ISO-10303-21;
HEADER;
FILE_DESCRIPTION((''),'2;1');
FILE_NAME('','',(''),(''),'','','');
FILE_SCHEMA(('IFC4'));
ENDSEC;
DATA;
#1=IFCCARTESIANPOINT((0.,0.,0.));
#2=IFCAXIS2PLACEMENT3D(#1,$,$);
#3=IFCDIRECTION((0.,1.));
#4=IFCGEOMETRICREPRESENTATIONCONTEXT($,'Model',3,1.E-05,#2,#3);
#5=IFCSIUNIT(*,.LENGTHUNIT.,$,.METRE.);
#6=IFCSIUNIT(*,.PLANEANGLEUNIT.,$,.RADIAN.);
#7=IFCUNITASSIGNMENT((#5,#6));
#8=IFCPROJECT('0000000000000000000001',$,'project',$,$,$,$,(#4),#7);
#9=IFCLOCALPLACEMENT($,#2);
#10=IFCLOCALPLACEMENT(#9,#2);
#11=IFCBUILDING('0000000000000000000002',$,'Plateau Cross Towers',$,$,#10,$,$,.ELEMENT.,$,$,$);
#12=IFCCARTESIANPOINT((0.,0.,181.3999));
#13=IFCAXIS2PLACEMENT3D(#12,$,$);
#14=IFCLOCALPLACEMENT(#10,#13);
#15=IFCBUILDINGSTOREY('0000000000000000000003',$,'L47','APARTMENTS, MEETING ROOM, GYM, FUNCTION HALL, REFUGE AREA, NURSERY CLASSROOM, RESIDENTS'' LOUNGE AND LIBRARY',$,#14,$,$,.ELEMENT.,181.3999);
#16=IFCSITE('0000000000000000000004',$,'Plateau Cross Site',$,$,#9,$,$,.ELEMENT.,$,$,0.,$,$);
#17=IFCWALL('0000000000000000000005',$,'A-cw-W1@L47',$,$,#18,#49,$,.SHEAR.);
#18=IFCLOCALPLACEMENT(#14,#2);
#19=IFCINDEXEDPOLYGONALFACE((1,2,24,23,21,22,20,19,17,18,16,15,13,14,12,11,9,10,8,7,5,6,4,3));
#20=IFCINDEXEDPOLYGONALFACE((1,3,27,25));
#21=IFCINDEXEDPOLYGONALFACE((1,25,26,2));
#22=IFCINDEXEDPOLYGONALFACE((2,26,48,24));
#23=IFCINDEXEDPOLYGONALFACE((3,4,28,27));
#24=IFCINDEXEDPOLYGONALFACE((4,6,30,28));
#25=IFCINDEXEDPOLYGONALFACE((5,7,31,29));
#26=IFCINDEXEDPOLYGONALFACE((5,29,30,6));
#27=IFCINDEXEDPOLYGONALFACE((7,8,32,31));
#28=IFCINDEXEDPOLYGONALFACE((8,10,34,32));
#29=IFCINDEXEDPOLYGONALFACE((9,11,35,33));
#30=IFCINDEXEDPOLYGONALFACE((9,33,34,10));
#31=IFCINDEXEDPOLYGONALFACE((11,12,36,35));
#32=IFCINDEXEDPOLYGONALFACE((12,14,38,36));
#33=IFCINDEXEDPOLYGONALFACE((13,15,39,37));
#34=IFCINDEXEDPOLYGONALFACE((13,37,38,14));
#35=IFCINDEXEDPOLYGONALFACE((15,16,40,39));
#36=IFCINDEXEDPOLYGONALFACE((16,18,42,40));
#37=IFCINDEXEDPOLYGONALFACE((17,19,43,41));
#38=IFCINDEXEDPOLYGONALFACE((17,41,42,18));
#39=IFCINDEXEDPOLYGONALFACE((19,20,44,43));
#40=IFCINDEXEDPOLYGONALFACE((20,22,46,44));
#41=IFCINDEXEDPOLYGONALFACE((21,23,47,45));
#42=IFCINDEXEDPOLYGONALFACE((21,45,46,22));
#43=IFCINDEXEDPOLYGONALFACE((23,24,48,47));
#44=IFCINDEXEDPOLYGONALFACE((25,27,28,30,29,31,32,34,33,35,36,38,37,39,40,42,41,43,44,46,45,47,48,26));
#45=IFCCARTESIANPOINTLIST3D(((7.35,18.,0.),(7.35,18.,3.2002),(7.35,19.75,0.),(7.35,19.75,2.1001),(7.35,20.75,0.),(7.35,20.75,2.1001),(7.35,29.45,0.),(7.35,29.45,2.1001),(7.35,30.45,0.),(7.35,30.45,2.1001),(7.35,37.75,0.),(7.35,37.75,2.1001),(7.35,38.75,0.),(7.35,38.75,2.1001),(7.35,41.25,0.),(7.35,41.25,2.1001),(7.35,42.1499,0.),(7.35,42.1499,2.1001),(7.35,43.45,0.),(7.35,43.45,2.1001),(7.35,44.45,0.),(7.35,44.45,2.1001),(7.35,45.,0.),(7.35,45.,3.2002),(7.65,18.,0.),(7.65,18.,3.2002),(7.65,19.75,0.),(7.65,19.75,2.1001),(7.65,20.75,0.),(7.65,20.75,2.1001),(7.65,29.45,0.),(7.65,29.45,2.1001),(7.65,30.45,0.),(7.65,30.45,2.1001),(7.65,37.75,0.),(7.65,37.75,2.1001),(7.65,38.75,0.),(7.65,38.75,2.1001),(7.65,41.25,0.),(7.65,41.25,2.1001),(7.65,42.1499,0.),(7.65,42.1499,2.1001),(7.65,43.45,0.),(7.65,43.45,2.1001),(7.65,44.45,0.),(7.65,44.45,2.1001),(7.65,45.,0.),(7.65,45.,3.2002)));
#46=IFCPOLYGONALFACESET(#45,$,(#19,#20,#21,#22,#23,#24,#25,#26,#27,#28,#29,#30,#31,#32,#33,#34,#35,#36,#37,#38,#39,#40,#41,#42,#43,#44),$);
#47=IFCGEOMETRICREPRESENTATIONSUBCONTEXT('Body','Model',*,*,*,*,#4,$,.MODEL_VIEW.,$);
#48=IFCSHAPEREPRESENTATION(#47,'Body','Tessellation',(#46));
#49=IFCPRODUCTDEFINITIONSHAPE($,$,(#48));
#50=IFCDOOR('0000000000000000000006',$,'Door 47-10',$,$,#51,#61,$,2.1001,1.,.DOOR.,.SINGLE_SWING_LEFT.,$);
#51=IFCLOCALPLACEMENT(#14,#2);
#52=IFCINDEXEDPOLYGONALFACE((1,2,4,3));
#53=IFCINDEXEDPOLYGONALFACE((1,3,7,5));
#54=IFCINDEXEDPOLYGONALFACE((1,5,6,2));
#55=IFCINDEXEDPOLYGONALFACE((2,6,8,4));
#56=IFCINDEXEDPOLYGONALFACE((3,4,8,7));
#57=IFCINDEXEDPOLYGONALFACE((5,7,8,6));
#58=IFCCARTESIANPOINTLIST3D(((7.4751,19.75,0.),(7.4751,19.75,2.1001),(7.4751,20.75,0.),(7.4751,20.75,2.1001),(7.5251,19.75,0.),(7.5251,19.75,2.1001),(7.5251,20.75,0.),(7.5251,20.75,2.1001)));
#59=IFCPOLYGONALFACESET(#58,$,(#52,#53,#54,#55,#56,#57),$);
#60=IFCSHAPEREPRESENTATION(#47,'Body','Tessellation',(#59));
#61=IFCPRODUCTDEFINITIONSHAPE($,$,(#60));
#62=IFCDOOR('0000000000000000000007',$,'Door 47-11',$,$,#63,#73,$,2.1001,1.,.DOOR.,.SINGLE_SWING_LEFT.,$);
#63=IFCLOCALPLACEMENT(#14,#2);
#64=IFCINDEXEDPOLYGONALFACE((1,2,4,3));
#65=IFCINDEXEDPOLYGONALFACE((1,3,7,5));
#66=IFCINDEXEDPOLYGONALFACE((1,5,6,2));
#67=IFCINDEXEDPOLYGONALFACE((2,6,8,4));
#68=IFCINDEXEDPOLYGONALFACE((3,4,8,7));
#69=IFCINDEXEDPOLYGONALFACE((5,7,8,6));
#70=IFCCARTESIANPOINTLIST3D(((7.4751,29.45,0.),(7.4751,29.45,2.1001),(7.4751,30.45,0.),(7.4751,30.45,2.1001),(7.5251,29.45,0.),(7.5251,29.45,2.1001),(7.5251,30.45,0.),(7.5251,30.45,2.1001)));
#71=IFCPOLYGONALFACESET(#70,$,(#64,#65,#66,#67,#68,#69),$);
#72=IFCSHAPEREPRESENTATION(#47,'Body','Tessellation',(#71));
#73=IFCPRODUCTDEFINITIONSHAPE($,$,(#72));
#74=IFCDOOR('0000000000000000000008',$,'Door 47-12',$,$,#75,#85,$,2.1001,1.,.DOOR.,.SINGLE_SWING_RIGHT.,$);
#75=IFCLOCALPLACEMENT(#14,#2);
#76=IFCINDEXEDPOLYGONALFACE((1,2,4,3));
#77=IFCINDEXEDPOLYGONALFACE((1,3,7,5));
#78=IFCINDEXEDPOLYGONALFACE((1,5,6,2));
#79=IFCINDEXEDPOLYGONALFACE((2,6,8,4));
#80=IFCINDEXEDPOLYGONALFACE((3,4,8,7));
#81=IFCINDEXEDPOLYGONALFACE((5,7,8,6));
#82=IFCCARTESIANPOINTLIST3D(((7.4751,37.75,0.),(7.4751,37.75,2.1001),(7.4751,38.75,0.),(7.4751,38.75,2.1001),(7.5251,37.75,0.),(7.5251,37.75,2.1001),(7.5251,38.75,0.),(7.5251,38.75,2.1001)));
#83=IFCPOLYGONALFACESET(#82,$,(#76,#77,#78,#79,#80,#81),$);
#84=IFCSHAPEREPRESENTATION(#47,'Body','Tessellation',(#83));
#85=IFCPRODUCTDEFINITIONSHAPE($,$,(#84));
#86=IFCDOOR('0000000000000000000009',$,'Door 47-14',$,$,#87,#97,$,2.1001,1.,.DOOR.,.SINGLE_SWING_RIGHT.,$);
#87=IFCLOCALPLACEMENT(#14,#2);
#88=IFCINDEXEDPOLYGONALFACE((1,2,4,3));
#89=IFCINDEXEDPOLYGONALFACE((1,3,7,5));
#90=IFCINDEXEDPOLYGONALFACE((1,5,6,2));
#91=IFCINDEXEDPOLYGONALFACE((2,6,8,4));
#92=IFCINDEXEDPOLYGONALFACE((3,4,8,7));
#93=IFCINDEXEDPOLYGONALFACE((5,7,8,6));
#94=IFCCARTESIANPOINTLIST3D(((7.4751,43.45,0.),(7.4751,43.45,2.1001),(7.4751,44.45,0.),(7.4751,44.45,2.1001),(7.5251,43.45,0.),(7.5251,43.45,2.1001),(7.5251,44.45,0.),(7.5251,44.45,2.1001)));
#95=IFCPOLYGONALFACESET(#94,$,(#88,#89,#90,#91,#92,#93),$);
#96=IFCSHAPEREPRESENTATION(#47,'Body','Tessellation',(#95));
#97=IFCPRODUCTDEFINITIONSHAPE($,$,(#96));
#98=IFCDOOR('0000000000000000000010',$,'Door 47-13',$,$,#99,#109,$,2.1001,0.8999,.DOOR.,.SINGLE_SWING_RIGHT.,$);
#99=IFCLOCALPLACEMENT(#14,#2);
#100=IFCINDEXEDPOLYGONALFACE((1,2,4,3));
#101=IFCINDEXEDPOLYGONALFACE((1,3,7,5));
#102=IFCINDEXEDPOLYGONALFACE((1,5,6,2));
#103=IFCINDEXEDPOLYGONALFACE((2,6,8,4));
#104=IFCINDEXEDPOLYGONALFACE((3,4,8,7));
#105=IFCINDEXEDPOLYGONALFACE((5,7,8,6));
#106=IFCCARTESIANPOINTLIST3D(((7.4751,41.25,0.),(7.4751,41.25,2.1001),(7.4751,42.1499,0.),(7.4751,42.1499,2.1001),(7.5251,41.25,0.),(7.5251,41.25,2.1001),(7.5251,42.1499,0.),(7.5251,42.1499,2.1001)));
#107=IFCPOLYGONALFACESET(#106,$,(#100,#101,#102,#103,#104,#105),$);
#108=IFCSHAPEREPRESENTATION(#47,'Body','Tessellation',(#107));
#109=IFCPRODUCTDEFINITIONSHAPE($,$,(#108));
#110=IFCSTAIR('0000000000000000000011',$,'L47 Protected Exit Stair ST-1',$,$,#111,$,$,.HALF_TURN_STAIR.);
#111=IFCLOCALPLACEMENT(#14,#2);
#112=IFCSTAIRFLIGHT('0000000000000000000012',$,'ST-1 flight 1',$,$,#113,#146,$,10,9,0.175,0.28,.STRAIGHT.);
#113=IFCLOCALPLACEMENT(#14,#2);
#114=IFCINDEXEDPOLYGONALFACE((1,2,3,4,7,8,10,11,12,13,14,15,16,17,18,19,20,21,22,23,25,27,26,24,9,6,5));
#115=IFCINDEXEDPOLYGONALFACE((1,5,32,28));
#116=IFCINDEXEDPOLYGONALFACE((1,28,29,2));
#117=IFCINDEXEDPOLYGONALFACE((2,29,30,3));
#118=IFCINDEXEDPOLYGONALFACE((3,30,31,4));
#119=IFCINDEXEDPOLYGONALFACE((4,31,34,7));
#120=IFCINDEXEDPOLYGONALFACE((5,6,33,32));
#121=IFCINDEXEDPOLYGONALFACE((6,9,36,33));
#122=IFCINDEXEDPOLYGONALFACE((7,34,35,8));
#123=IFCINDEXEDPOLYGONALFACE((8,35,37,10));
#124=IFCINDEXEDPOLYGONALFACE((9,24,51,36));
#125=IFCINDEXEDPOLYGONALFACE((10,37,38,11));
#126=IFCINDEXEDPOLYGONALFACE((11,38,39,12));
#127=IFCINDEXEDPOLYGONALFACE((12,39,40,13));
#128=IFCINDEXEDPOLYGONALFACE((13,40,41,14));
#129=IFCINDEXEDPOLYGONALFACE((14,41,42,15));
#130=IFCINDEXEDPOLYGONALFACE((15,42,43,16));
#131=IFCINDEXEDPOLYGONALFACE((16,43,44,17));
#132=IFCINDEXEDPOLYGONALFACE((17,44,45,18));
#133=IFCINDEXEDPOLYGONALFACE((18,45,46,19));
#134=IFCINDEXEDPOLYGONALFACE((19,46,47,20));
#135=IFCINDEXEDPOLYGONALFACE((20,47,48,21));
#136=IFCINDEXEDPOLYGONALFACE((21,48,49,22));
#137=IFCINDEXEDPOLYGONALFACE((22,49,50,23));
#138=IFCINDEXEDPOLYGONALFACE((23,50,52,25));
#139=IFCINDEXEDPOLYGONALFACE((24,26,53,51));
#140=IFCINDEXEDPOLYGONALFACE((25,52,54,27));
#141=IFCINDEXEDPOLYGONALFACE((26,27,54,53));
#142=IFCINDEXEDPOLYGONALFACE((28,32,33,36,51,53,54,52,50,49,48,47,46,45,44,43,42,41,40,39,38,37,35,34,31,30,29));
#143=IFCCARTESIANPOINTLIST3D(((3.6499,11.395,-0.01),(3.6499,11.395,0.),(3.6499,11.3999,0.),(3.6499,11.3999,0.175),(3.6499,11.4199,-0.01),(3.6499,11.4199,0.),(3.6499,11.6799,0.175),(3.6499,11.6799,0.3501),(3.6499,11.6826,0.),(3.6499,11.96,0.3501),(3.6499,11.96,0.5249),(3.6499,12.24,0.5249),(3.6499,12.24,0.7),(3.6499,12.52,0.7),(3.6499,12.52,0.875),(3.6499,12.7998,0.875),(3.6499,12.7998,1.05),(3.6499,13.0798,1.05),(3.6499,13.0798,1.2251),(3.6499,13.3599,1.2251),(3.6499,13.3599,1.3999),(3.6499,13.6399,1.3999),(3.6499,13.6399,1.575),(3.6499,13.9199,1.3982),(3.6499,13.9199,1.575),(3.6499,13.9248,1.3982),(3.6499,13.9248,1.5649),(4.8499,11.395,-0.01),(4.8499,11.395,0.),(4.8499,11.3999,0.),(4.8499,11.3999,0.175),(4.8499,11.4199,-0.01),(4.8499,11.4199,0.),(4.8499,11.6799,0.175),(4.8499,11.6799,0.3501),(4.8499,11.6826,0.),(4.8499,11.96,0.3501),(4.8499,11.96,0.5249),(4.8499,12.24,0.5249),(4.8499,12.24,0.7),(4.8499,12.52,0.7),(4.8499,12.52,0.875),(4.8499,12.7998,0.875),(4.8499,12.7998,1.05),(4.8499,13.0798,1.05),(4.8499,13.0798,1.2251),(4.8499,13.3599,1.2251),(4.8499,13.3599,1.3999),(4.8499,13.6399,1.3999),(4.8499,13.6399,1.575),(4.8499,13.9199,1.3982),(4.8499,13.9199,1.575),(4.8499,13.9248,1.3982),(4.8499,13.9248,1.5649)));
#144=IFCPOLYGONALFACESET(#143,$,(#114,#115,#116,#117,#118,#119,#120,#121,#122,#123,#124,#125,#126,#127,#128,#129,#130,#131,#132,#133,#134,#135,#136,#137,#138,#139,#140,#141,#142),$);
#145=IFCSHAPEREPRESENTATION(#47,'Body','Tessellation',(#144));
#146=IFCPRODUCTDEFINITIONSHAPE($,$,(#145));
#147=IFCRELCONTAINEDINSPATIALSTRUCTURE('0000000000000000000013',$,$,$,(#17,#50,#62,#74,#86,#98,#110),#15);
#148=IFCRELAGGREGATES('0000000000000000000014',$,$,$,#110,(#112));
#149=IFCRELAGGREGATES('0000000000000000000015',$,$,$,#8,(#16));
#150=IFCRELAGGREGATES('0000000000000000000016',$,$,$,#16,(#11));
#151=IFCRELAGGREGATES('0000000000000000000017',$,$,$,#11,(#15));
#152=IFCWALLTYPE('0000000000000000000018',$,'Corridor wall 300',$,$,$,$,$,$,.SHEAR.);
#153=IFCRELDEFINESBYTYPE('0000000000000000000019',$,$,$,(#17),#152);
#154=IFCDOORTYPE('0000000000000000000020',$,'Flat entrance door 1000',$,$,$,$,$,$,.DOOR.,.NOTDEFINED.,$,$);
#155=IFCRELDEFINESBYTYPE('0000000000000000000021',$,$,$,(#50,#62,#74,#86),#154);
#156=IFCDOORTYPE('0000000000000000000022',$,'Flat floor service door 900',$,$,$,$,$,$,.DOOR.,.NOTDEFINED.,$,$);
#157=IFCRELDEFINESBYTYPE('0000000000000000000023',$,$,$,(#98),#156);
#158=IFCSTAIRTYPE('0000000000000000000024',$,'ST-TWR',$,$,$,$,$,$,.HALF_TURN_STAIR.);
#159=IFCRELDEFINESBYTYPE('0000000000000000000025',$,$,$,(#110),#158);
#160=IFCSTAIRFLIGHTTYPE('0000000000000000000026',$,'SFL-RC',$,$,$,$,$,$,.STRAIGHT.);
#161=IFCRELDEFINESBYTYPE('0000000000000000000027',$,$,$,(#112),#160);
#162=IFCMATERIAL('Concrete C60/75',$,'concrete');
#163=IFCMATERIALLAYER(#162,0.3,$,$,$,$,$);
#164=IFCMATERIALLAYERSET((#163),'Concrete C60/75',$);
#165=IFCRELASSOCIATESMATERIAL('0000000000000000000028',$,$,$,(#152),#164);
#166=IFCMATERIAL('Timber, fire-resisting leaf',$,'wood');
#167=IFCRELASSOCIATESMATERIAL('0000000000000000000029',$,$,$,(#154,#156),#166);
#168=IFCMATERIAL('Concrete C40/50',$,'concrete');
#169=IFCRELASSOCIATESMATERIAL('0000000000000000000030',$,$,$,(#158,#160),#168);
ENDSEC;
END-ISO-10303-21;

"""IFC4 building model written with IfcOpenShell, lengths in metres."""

from ifc_helpers import new_model, si_unit, direction, frame, frame_2d, origin, place, context, subcontext, project, spatial, polyline, rectangle, outline, extrude, material, layer, layer_set, type_object, element, fill, aggregate, save


model = new_model("IFC4")

# Units and contexts
model_context = context("Model", 3, precision=1e-05, world=origin(), true_north=direction((0.0, 1.0)))
body_context = subcontext(model_context, "Body", "Model", "MODEL_VIEW")
ifc_project = project(units=[si_unit("LENGTHUNIT", "METRE"), si_unit("PLANEANGLEUNIT", "RADIAN")], contexts=[model_context])

# Site, building, storey
site_placement = place(None, origin())
site = spatial("IfcSite", under=ifc_project, at=site_placement, Name="Plateau Cross Site", CompositionType="ELEMENT", RefElevation=0.0)
building_placement = place(site_placement, origin())
building = spatial("IfcBuilding", under=site, at=building_placement, Name="Plateau Cross Towers", CompositionType="ELEMENT")
storey_placement = place(building_placement, frame((0.0, 0.0, 181.3999)))
storey = spatial("IfcBuildingStorey", under=building, at=storey_placement, Name="L47", Description="APARTMENTS, MEETING ROOM, GYM, FUNCTION HALL, REFUGE AREA, NURSERY CLASSROOM, RESIDENTS' LOUNGE AND LIBRARY", CompositionType="ELEMENT", Elevation=181.3999)

# Shared definitions
ifc_material_1 = material(Name="Concrete C60/75", Category="concrete")

# Shared definitions
ifc_material_2 = material(Name="Timber, fire-resisting leaf", Category="wood")

# Wall, openings, doors
ifc_layer_1 = layer(ifc_material_1, 0.3)
ifc_layer_set_1 = layer_set([ifc_layer_1], Name="Concrete C60/75")
wall_type_1 = type_object("IfcWallType", Name="Corridor wall 300", PredefinedType="SHEAR", material=ifc_layer_set_1)
wall_1_placement = place(storey_placement, frame((7.5, 18.0, 0.0), z_axis=(0.0, 0.0, 1.0), x_axis=(0.0, 1.0, 0.0)))
wall_1 = element("IfcWall", 1, at=wall_1_placement, inside=storey, type_object=wall_type_1, Name="A-cw-W1@L47", PredefinedType="SHEAR", context=body_context, shape_type="SweptSolid", body=[
    extrude(rectangle(XDim=27.0, YDim=0.3, at=frame_2d((13.5, 0.0))), origin(), (0.0, 0.0, 1.0), 3.2002),
])
opening_1_placement = place(wall_1_placement, frame((1.75, 0.0, 0.0)))
opening_1 = element("IfcOpeningElement", 2, at=opening_1_placement, cuts=wall_1, PredefinedType="OPENING", context=body_context, shape_type="SweptSolid", body=[
    extrude(rectangle(XDim=1.0, YDim=2.1001, at=frame_2d((0.5, 1.05))), frame((0.0, 0.1599, 0.0), z_axis=(0.0, -1.0, 0.0), x_axis=(1.0, 0.0, 0.0)), (0.0, 0.0, 1.0), 0.3201),
])
opening_2_placement = place(wall_1_placement, frame((11.45, 0.0, 0.0)))
opening_2 = element("IfcOpeningElement", 3, at=opening_2_placement, cuts=wall_1, PredefinedType="OPENING", context=body_context, shape_type="SweptSolid", body=[
    extrude(rectangle(XDim=1.0, YDim=2.1001, at=frame_2d((0.5, 1.05))), frame((0.0, 0.1599, 0.0), z_axis=(0.0, -1.0, 0.0), x_axis=(1.0, 0.0, 0.0)), (0.0, 0.0, 1.0), 0.3201),
])
opening_3_placement = place(wall_1_placement, frame((19.75, 0.0, 0.0)))
opening_3 = element("IfcOpeningElement", 4, at=opening_3_placement, cuts=wall_1, PredefinedType="OPENING", context=body_context, shape_type="SweptSolid", body=[
    extrude(rectangle(XDim=1.0, YDim=2.1001, at=frame_2d((0.5, 1.05))), frame((0.0, 0.1599, 0.0), z_axis=(0.0, -1.0, 0.0), x_axis=(1.0, 0.0, 0.0)), (0.0, 0.0, 1.0), 0.3201),
])
opening_4_placement = place(wall_1_placement, frame((23.25, 0.0, 0.0)))
opening_4 = element("IfcOpeningElement", 5, at=opening_4_placement, cuts=wall_1, PredefinedType="OPENING", context=body_context, shape_type="SweptSolid", body=[
    extrude(rectangle(XDim=0.8999, YDim=2.1001, at=frame_2d((0.45, 1.05))), frame((0.0, 0.1599, 0.0), z_axis=(0.0, -1.0, 0.0), x_axis=(1.0, 0.0, 0.0)), (0.0, 0.0, 1.0), 0.3201),
])
opening_5_placement = place(wall_1_placement, frame((25.45, 0.0, 0.0)))
opening_5 = element("IfcOpeningElement", 6, at=opening_5_placement, cuts=wall_1, PredefinedType="OPENING", context=body_context, shape_type="SweptSolid", body=[
    extrude(rectangle(XDim=1.0, YDim=2.1001, at=frame_2d((0.5, 1.05))), frame((0.0, 0.1599, 0.0), z_axis=(0.0, -1.0, 0.0), x_axis=(1.0, 0.0, 0.0)), (0.0, 0.0, 1.0), 0.3201),
])
door_type_1 = type_object("IfcDoorType", Name="Flat entrance door 1000", OperationType="NOTDEFINED", PredefinedType="DOOR", material=ifc_material_2)
door_1_placement = place(opening_1_placement, origin())
door_1 = element("IfcDoor", 7, at=door_1_placement, inside=storey, type_object=door_type_1, Name="Door 47-10", OperationType="SINGLE_SWING_LEFT", OverallHeight=2.1001, OverallWidth=1.0, PredefinedType="DOOR", context=body_context, shape_type="SweptSolid", body=[
    extrude(rectangle(XDim=1.0, YDim=2.1001, at=frame_2d((0.5, 1.05))), frame((0.0, 0.0249, 0.0), z_axis=(0.0, -1.0, 0.0), x_axis=(1.0, 0.0, 0.0)), (0.0, 0.0, 1.0), 0.05),
])
fill(opening_1, door_1)
door_2_placement = place(opening_2_placement, origin())
door_2 = element("IfcDoor", 8, at=door_2_placement, inside=storey, type_object=door_type_1, Name="Door 47-11", OperationType="SINGLE_SWING_LEFT", OverallHeight=2.1001, OverallWidth=1.0, PredefinedType="DOOR", context=body_context, shape_type="SweptSolid", body=[
    extrude(rectangle(XDim=1.0, YDim=2.1001, at=frame_2d((0.5, 1.05))), frame((0.0, 0.0249, 0.0), z_axis=(0.0, -1.0, 0.0), x_axis=(1.0, 0.0, 0.0)), (0.0, 0.0, 1.0), 0.05),
])
fill(opening_2, door_2)
door_3_placement = place(opening_3_placement, origin())
door_3 = element("IfcDoor", 9, at=door_3_placement, inside=storey, type_object=door_type_1, Name="Door 47-12", OperationType="SINGLE_SWING_RIGHT", OverallHeight=2.1001, OverallWidth=1.0, PredefinedType="DOOR", context=body_context, shape_type="SweptSolid", body=[
    extrude(rectangle(XDim=1.0, YDim=2.1001, at=frame_2d((0.5, 1.05))), frame((0.0, 0.0249, 0.0), z_axis=(0.0, -1.0, 0.0), x_axis=(1.0, 0.0, 0.0)), (0.0, 0.0, 1.0), 0.05),
])
fill(opening_3, door_3)
door_4_placement = place(opening_5_placement, origin())
door_4 = element("IfcDoor", 10, at=door_4_placement, inside=storey, type_object=door_type_1, Name="Door 47-14", OperationType="SINGLE_SWING_RIGHT", OverallHeight=2.1001, OverallWidth=1.0, PredefinedType="DOOR", context=body_context, shape_type="SweptSolid", body=[
    extrude(rectangle(XDim=1.0, YDim=2.1001, at=frame_2d((0.5, 1.05))), frame((0.0, 0.0249, 0.0), z_axis=(0.0, -1.0, 0.0), x_axis=(1.0, 0.0, 0.0)), (0.0, 0.0, 1.0), 0.05),
])
fill(opening_5, door_4)
door_type_2 = type_object("IfcDoorType", Name="Flat floor service door 900", OperationType="NOTDEFINED", PredefinedType="DOOR", material=ifc_material_2)
door_5_placement = place(opening_4_placement, origin())
door_5 = element("IfcDoor", 11, at=door_5_placement, inside=storey, type_object=door_type_2, Name="Door 47-13", OperationType="SINGLE_SWING_RIGHT", OverallHeight=2.1001, OverallWidth=0.8999, PredefinedType="DOOR", context=body_context, shape_type="SweptSolid", body=[
    extrude(rectangle(XDim=0.8999, YDim=2.1001, at=frame_2d((0.45, 1.05))), frame((0.0, 0.0249, 0.0), z_axis=(0.0, -1.0, 0.0), x_axis=(1.0, 0.0, 0.0)), (0.0, 0.0, 1.0), 0.05),
])
fill(opening_4, door_5)

# Stair, stair flight
ifc_material_3 = material(Name="Concrete C40/50", Category="concrete")
stair_type = type_object("IfcStairType", Name="ST-TWR", PredefinedType="HALF_TURN_STAIR", material=ifc_material_3)
stair_placement = place(storey_placement, origin())
stair = element("IfcStair", 12, at=stair_placement, inside=storey, type_object=stair_type, Name="L47 Protected Exit Stair ST-1", PredefinedType="HALF_TURN_STAIR")
stair_flight_type = type_object("IfcStairFlightType", Name="SFL-RC", PredefinedType="STRAIGHT", material=ifc_material_3)
stair_flight_1_placement = place(storey_placement, frame((4.25, 11.3999, 0.0), z_axis=(0.0, 0.0, 1.0), x_axis=(0.0, 1.0, 0.0)))
stair_flight_1 = element("IfcStairFlight", 13, at=stair_flight_1_placement, type_object=stair_flight_type, Name="ST-1 flight 1", NumberOfRisers=10, NumberOfTreads=9, PredefinedType="STRAIGHT", RiserHeight=0.175, TreadLength=0.28, context=body_context, shape_type="SweptSolid", body=[
    extrude(outline(polyline([(-0.0049, -0.01), (-0.0049, 0.0), (0.0, 0.0), (0.0, 0.175), (0.28, 0.175), (0.28, 0.3501), (0.5601, 0.3501), (0.5601, 0.5249), (0.8401, 0.5249), (0.8401, 0.7), (1.1201, 0.7), (1.1201, 0.875), (1.3999, 0.875), (1.3999, 1.05), (1.6799, 1.05), (1.6799, 1.2251), (1.96, 1.2251), (1.96, 1.3999), (2.24, 1.3999), (2.24, 1.575), (2.52, 1.575), (2.5249, 1.5649), (2.5249, 1.3982), (2.52, 1.3982), (0.2827, 0.0), (0.02, 0.0), (0.02, -0.01), (-0.0049, -0.01)])), frame((0.0, 0.6001, 0.0), z_axis=(0.0, -1.0, 0.0), x_axis=(1.0, 0.0, 0.0)), (0.0, 0.0, 1.0), 1.2),
])
aggregate(stair, [stair_flight_1])

save(model, "model.ifc")
